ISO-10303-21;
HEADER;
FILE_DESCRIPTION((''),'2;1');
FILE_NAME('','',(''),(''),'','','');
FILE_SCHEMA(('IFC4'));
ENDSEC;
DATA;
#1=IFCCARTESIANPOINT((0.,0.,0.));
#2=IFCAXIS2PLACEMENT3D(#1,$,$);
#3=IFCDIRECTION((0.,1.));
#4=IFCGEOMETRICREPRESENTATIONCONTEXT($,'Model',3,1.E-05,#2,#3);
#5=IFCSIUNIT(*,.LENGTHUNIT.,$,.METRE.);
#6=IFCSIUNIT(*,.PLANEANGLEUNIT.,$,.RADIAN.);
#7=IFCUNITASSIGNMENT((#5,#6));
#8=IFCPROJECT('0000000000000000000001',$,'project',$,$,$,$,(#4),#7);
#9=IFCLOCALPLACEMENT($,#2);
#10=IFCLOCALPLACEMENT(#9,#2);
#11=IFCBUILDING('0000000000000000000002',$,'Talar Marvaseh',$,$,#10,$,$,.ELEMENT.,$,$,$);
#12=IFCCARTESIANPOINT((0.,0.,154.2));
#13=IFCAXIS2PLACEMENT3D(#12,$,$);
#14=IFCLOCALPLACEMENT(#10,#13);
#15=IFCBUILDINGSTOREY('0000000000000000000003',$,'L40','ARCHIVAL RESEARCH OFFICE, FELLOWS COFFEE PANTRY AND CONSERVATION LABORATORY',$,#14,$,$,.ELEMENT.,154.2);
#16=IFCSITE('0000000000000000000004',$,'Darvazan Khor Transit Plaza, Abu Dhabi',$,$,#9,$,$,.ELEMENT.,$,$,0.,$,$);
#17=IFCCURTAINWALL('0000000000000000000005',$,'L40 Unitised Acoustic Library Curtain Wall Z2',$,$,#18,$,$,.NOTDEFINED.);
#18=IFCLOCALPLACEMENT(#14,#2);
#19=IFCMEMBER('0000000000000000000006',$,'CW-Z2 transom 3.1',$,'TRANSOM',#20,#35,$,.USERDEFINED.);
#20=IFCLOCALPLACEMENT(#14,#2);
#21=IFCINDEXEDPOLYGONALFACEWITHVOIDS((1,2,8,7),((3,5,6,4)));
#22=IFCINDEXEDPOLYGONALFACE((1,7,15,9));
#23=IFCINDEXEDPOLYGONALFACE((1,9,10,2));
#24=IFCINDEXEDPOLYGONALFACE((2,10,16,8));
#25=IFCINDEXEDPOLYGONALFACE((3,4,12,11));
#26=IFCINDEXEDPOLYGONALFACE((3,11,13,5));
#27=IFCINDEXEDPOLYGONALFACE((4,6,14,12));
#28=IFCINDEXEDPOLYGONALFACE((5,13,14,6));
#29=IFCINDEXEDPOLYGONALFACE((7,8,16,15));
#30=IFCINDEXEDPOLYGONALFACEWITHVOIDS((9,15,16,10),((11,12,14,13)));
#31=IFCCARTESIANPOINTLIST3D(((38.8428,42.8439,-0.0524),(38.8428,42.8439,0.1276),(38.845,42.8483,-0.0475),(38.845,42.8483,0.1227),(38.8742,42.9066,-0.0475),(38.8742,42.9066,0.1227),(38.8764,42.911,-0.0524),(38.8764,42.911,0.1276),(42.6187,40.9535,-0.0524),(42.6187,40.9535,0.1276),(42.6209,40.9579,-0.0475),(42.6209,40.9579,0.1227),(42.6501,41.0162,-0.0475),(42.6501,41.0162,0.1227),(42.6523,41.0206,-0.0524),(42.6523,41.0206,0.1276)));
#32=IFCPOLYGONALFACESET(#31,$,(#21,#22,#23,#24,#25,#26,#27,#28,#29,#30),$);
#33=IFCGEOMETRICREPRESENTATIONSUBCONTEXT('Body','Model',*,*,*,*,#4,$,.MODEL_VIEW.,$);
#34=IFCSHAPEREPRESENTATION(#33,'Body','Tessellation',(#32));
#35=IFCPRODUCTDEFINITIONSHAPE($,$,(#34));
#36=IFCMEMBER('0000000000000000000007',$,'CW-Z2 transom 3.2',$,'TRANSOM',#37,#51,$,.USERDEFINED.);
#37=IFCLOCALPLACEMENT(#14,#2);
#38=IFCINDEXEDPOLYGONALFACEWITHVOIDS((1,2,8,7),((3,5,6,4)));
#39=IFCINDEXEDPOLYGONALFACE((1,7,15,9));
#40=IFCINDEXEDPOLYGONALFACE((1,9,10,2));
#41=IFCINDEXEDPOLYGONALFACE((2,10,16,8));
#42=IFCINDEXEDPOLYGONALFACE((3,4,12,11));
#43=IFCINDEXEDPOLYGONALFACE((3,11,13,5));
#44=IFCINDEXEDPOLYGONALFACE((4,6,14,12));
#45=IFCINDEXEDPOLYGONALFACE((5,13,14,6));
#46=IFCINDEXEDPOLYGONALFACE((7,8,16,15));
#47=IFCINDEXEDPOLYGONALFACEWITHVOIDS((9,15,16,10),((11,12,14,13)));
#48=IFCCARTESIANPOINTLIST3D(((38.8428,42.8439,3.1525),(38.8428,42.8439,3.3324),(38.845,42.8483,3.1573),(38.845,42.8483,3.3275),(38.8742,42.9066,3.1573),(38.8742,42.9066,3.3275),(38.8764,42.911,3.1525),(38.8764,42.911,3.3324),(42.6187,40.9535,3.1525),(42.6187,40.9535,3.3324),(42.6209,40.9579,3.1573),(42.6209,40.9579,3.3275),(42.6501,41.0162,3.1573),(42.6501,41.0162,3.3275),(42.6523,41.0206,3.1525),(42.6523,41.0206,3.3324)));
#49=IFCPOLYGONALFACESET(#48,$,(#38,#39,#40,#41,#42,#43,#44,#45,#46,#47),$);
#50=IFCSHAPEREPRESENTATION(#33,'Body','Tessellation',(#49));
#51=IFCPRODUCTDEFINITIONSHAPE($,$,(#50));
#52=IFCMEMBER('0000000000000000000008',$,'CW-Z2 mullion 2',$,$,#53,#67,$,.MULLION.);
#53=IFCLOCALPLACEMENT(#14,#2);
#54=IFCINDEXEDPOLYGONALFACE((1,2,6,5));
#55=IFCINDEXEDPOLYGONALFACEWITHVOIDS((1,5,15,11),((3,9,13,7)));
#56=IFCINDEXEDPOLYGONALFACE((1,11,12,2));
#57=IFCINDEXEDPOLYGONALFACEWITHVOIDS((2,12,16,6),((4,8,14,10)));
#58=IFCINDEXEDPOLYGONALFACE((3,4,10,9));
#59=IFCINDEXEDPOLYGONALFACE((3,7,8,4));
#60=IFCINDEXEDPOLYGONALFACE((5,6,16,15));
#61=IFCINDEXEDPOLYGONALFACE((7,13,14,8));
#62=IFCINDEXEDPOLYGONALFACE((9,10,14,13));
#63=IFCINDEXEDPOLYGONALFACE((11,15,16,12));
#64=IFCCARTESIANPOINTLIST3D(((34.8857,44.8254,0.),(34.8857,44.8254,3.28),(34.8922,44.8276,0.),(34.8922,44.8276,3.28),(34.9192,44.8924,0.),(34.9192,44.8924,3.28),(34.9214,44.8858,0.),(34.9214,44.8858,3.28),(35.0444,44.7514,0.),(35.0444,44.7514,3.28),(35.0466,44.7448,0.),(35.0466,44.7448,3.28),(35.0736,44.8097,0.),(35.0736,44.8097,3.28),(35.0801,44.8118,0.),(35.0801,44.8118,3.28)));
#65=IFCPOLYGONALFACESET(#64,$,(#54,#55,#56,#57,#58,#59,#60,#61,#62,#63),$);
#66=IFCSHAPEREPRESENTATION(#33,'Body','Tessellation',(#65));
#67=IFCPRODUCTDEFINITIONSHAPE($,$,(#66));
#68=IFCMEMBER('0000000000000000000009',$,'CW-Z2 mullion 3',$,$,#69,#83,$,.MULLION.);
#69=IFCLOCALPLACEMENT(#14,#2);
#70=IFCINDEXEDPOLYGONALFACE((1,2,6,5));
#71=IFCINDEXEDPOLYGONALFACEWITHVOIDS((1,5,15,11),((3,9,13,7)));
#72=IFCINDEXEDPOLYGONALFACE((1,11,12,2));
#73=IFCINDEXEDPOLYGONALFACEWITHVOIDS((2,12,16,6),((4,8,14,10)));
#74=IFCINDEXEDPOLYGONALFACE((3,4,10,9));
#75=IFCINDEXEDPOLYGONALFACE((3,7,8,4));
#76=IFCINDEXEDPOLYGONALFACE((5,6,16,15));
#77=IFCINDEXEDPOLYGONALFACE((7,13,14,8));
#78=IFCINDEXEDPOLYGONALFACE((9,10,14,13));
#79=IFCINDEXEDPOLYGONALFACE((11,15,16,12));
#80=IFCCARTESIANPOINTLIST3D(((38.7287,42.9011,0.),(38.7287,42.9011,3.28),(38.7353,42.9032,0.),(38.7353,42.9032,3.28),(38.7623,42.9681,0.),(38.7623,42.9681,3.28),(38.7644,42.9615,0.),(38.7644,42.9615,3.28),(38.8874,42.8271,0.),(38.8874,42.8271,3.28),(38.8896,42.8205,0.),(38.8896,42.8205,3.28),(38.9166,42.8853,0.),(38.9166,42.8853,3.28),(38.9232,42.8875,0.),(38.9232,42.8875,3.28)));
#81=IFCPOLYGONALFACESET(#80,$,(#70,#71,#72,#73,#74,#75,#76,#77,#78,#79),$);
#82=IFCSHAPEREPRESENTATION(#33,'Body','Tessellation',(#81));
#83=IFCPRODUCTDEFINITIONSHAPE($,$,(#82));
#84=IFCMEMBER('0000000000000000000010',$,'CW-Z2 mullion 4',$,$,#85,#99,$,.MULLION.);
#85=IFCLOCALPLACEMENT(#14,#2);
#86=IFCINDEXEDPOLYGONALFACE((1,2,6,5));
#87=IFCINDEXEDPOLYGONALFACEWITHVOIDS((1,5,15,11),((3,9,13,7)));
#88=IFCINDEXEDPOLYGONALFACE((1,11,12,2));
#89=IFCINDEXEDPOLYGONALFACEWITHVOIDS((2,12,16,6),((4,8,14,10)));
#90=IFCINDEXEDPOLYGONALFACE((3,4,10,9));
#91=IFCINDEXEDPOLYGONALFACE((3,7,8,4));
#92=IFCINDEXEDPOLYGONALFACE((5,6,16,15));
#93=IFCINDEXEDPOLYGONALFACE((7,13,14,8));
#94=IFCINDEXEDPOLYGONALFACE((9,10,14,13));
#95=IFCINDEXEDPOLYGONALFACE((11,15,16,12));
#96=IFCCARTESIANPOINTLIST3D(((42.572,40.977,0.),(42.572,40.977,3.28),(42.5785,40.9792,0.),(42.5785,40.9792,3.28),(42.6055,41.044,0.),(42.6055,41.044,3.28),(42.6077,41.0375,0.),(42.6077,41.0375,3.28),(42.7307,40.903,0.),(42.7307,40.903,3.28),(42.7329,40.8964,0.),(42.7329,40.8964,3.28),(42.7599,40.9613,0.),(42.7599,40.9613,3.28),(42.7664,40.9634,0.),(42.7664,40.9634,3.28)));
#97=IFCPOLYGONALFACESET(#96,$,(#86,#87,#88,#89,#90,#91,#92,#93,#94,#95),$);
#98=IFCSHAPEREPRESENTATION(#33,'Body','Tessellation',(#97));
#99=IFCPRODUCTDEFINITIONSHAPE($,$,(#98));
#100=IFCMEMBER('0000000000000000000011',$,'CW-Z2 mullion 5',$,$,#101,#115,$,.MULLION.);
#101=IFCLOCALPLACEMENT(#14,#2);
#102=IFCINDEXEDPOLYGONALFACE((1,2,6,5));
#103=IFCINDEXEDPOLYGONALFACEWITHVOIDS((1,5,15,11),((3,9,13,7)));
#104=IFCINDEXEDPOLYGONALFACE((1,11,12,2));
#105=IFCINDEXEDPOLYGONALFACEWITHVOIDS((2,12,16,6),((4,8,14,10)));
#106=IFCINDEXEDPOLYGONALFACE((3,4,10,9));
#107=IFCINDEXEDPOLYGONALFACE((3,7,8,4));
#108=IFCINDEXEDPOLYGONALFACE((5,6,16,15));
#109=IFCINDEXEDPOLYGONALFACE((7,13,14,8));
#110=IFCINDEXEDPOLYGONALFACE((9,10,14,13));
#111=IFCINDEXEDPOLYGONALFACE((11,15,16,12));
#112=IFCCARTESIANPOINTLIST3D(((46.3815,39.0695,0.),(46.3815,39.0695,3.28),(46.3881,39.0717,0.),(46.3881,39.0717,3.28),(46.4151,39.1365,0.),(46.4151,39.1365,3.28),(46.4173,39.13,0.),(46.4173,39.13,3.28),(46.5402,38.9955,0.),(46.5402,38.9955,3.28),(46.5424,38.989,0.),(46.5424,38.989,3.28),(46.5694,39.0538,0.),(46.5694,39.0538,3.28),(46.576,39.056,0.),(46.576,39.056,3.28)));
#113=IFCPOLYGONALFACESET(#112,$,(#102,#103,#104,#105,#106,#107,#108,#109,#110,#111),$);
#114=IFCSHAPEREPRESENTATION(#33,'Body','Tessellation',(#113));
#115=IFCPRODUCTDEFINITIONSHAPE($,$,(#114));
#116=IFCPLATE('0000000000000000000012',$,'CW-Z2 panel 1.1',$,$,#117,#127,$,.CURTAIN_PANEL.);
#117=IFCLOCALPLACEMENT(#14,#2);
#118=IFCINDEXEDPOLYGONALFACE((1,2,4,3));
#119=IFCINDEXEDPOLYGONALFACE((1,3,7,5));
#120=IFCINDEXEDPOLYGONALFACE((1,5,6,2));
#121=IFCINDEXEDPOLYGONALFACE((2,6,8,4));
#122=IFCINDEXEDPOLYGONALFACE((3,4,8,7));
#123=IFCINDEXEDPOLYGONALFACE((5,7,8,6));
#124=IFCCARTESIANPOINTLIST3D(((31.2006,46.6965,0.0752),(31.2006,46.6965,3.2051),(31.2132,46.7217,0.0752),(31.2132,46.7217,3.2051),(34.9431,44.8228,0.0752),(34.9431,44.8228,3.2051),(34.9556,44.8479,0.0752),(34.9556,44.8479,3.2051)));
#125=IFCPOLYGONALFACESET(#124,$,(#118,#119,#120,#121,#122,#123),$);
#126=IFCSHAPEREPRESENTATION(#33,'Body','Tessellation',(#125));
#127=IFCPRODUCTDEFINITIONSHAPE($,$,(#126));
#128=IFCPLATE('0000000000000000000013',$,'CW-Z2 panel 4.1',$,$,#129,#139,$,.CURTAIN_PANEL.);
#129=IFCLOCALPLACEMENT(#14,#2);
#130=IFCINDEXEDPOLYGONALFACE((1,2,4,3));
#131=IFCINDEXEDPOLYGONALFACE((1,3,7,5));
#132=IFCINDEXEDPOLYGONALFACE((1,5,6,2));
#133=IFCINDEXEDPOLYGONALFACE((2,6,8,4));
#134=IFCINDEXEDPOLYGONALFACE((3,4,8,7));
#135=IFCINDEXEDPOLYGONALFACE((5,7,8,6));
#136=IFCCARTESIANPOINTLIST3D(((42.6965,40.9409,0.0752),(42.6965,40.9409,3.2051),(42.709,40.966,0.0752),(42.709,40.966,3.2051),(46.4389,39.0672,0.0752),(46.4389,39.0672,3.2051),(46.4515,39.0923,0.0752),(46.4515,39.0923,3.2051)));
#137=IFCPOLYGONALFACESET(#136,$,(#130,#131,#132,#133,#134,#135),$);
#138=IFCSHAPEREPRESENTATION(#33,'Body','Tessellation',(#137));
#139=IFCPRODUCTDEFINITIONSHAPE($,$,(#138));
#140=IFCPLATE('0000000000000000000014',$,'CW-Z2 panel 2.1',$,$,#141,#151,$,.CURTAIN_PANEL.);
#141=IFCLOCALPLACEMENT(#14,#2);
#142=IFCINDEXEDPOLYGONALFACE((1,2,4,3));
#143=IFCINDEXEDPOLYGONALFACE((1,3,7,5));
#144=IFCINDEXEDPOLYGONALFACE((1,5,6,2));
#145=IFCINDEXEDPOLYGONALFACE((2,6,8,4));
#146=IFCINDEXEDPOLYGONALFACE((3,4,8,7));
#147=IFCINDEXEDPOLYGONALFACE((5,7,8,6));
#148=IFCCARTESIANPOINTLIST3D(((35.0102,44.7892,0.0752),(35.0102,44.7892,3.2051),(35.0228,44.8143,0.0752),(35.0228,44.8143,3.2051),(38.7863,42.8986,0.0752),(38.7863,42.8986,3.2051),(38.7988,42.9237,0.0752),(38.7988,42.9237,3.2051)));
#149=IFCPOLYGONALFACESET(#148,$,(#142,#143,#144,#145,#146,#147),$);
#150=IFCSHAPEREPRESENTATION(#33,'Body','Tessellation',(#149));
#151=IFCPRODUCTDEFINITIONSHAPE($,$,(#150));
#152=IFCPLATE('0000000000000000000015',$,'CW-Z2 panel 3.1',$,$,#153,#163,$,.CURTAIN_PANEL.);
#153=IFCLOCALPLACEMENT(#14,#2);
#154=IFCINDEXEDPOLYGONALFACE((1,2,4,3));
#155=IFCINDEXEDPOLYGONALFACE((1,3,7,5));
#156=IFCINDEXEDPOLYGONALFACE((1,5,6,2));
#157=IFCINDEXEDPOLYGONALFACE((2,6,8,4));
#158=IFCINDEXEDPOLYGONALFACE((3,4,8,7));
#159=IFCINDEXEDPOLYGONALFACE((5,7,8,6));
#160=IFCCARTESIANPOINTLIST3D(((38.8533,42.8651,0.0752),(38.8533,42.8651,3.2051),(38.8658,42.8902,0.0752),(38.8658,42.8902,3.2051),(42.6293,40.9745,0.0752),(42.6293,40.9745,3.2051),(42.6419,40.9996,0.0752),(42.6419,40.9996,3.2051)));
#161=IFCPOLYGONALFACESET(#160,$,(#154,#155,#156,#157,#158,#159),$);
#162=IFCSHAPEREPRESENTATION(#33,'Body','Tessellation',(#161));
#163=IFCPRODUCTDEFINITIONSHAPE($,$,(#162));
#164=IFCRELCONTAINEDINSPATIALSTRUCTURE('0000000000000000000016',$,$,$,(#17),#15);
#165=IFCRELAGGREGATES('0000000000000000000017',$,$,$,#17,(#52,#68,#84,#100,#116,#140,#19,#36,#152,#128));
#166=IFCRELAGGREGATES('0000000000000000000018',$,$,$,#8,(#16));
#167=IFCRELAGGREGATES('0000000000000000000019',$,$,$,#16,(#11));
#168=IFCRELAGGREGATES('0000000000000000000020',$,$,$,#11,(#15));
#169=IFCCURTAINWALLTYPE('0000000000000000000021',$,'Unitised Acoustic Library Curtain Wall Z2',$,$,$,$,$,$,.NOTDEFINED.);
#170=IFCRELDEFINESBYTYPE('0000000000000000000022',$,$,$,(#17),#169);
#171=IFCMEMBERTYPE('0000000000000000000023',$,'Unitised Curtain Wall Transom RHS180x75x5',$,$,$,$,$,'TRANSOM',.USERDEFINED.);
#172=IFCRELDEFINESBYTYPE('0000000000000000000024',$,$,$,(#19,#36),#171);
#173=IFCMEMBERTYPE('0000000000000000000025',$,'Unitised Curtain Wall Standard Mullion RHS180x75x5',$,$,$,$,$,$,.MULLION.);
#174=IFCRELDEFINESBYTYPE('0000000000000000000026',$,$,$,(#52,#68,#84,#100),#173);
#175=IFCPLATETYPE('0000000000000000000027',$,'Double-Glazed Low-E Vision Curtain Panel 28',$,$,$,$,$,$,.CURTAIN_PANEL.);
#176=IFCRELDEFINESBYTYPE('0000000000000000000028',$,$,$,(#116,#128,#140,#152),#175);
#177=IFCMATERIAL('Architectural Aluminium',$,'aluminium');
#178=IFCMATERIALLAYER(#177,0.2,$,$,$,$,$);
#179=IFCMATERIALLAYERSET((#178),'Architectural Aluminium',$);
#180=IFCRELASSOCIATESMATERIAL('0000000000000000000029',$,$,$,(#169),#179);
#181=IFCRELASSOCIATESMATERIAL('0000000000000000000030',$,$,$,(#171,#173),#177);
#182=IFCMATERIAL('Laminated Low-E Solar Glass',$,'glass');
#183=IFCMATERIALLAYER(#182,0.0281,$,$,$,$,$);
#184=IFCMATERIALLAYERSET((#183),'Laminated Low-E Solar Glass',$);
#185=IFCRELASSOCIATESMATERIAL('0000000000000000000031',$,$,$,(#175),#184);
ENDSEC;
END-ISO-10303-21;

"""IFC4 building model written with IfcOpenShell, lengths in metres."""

from ifc_helpers import new_model, si_unit, direction, frame, origin, origin_2d, place, context, subcontext, project, spatial, rectangle, hollow_rectangle, extrude, source, transform, mapped, material, layer, layer_set, material_profile, profile_set, type_object, type_shapes, element, aggregate, save


model = new_model("IFC4")

# Units and contexts
model_context = context("Model", 3, precision=1e-05, world=origin(), true_north=direction((0.0, 1.0)))
body_context = subcontext(model_context, "Body", "Model", "MODEL_VIEW")
ifc_project = project(units=[si_unit("LENGTHUNIT", "METRE"), si_unit("PLANEANGLEUNIT", "RADIAN")], contexts=[model_context])

# Site, building, storey
site_placement = place(None, origin())
site = spatial("IfcSite", under=ifc_project, at=site_placement, Name="Darvazan Khor Transit Plaza, Abu Dhabi", CompositionType="ELEMENT", RefElevation=0.0)
building_placement = place(site_placement, origin())
building = spatial("IfcBuilding", under=site, at=building_placement, Name="Talar Marvaseh", CompositionType="ELEMENT")
storey_placement = place(building_placement, frame((0.0, 0.0, 154.2)))
storey = spatial("IfcBuildingStorey", under=building, at=storey_placement, Name="L40", Description="ARCHIVAL RESEARCH OFFICE, FELLOWS COFFEE PANTRY AND CONSERVATION LABORATORY", CompositionType="ELEMENT", Elevation=154.2)

# Curtain wall, members, plates
ifc_material_1 = material(Name="Architectural Aluminium", Category="aluminium")
ifc_layer_1 = layer(ifc_material_1, 0.2)
ifc_layer_set_1 = layer_set([ifc_layer_1], Name="Architectural Aluminium")
curtain_wall_type = type_object("IfcCurtainWallType", Name="Unitised Acoustic Library Curtain Wall Z2", PredefinedType="NOTDEFINED", material=ifc_layer_set_1)
curtain_wall_placement = place(storey_placement, origin())
curtain_wall = element("IfcCurtainWall", 1, at=curtain_wall_placement, inside=storey, type_object=curtain_wall_type, Name="L40 Unitised Acoustic Library Curtain Wall Z2", PredefinedType="NOTDEFINED")
ifc_material_profile_1 = material_profile(ifc_material_1, hollow_rectangle(XDim=0.075, YDim=0.1799, WallThickness=0.0049, at=origin_2d()), Name="RHS180x75x5")
ifc_profile_set_1 = profile_set([ifc_material_profile_1], Name="Architectural Aluminium")
member_type_1 = type_object("IfcMemberType", Name="Unitised Curtain Wall Transom RHS180x75x5", ElementType="TRANSOM", PredefinedType="USERDEFINED", material=ifc_profile_set_1)
shared_shape_1 = source(origin(), body_context, "Body", "SweptSolid", [
    extrude(hollow_rectangle(XDim=0.075, YDim=0.1799, WallThickness=0.0049, at=origin_2d()), origin(), (0.0, 0.0, 1.0), 4.2227),
])
member_1_placement = place(storey_placement, frame((38.8596, 42.8774, 0.0376), z_axis=(0.894196, -0.447676, 0.0), x_axis=(0.447676, 0.894196, 0.0)))
member_1 = element("IfcMember", 2, at=member_1_placement, type_object=member_type_1, Name="CW-Z2 transom 3.1", ObjectType="TRANSOM", PredefinedType="USERDEFINED", context=body_context, shape_type="MappedRepresentation", body=[
    mapped(shared_shape_1, transform((0.0, 0.0, 0.0), x_axis=(1.0, 0.0, 0.0), y_axis=(0.0, 1.0, 0.0), z_axis=(0.0, 0.0, 1.0), scale=1.0)),
])
member_2_placement = place(storey_placement, frame((38.8596, 42.8774, 3.2424), z_axis=(0.894196, -0.447676, 0.0), x_axis=(0.447676, 0.894196, 0.0)))
member_2 = element("IfcMember", 3, at=member_2_placement, type_object=member_type_1, Name="CW-Z2 transom 3.2", ObjectType="TRANSOM", PredefinedType="USERDEFINED", context=body_context, shape_type="MappedRepresentation", body=[
    mapped(shared_shape_1, transform((0.0, 0.0, 0.0), x_axis=(1.0, 0.0, 0.0), y_axis=(0.0, 1.0, 0.0), z_axis=(0.0, 0.0, 1.0), scale=1.0)),
])
ifc_material_profile_2 = material_profile(ifc_material_1, hollow_rectangle(XDim=0.075, YDim=0.1799, WallThickness=0.0049, at=origin_2d()), Name="RHS180x75x5")
ifc_profile_set_2 = profile_set([ifc_material_profile_2], Name="Architectural Aluminium")
member_type_2 = type_object("IfcMemberType", Name="Unitised Curtain Wall Standard Mullion RHS180x75x5", PredefinedType="MULLION", material=ifc_profile_set_2)
shared_shape_2 = source(origin(), body_context, "Body", "SweptSolid", [
    extrude(hollow_rectangle(XDim=0.075, YDim=0.1799, WallThickness=0.0049, at=origin_2d()), origin(), (0.0, 0.0, 1.0), 3.28),
])
type_shapes(member_type_2, [shared_shape_2])
member_3_placement = place(storey_placement, frame((34.9829, 44.8186, 0.0), z_axis=(0.0, 0.0, 1.0), x_axis=(0.447702, 0.894183, 0.0)))
member_3 = element("IfcMember", 4, at=member_3_placement, type_object=member_type_2, Name="CW-Z2 mullion 2", PredefinedType="MULLION", context=body_context, shape_type="MappedRepresentation", body=[
    mapped(shared_shape_2, transform((0.0, 0.0, 0.0), x_axis=(1.0, 0.0, 0.0), y_axis=(0.0, 1.0, 0.0), z_axis=(0.0, 0.0, 1.0), scale=1.0)),
])
member_4_placement = place(storey_placement, frame((38.8259, 42.8943, 0.0), z_axis=(0.0, 0.0, 1.0), x_axis=(0.447702, 0.894183, 0.0)))
member_4 = element("IfcMember", 5, at=member_4_placement, type_object=member_type_2, Name="CW-Z2 mullion 3", PredefinedType="MULLION", context=body_context, shape_type="MappedRepresentation", body=[
    mapped(shared_shape_2, transform((0.0, 0.0, 0.0), x_axis=(1.0, 0.0, 0.0), y_axis=(0.0, 1.0, 0.0), z_axis=(0.0, 0.0, 1.0), scale=1.0)),
])
member_5_placement = place(storey_placement, frame((42.6692, 40.9702, 0.0), z_axis=(0.0, 0.0, 1.0), x_axis=(0.447702, 0.894183, 0.0)))
member_5 = element("IfcMember", 6, at=member_5_placement, type_object=member_type_2, Name="CW-Z2 mullion 4", PredefinedType="MULLION", context=body_context, shape_type="MappedRepresentation", body=[
    mapped(shared_shape_2, transform((0.0, 0.0, 0.0), x_axis=(1.0, 0.0, 0.0), y_axis=(0.0, 1.0, 0.0), z_axis=(0.0, 0.0, 1.0), scale=1.0)),
])
member_6_placement = place(storey_placement, frame((46.4788, 39.0627, 0.0), z_axis=(0.0, 0.0, 1.0), x_axis=(0.447702, 0.894183, 0.0)))
member_6 = element("IfcMember", 7, at=member_6_placement, type_object=member_type_2, Name="CW-Z2 mullion 5", PredefinedType="MULLION", context=body_context, shape_type="MappedRepresentation", body=[
    mapped(shared_shape_2, transform((0.0, 0.0, 0.0), x_axis=(1.0, 0.0, 0.0), y_axis=(0.0, 1.0, 0.0), z_axis=(0.0, 0.0, 1.0), scale=1.0)),
])
ifc_material_2 = material(Name="Laminated Low-E Solar Glass", Category="glass")
ifc_layer_2 = layer(ifc_material_2, 0.0281)
ifc_layer_set_2 = layer_set([ifc_layer_2], Name="Laminated Low-E Solar Glass")
plate_type = type_object("IfcPlateType", Name="Double-Glazed Low-E Vision Curtain Panel 28", PredefinedType="CURTAIN_PANEL", material=ifc_layer_set_2)
shared_shape_3 = source(origin(), body_context, "Body", "SweptSolid", [
    extrude(rectangle(XDim=4.1853, YDim=0.0281, at=origin_2d()), origin(), (0.0, 0.0, 1.0), 3.1299),
])
plate_1_placement = place(storey_placement, frame((33.0781, 45.7722, 0.0752), z_axis=(0.0, 0.0, 1.0), x_axis=(0.894183, -0.447702, 0.0)))
plate_1 = element("IfcPlate", 8, at=plate_1_placement, type_object=plate_type, Name="CW-Z2 panel 1.1", PredefinedType="CURTAIN_PANEL", context=body_context, shape_type="MappedRepresentation", body=[
    mapped(shared_shape_3, transform((0.0, 0.0, 0.0), x_axis=(1.0, 0.0, 0.0), y_axis=(0.0, 1.0, 0.0), z_axis=(0.0, 0.0, 1.0), scale=1.0)),
])
plate_2_placement = place(storey_placement, frame((44.574, 40.0166, 0.0752), z_axis=(0.0, 0.0, 1.0), x_axis=(0.894183, -0.447702, 0.0)))
plate_2 = element("IfcPlate", 9, at=plate_2_placement, type_object=plate_type, Name="CW-Z2 panel 4.1", PredefinedType="CURTAIN_PANEL", context=body_context, shape_type="MappedRepresentation", body=[
    mapped(shared_shape_3, transform((0.0, 0.0, 0.0), x_axis=(1.0, 0.0, 0.0), y_axis=(0.0, 1.0, 0.0), z_axis=(0.0, 0.0, 1.0), scale=1.0)),
])
shared_shape_4 = source(origin(), body_context, "Body", "SweptSolid", [
    extrude(rectangle(XDim=4.2229, YDim=0.0281, at=origin_2d()), origin(), (0.0, 0.0, 1.0), 3.1299),
])
type_shapes(plate_type, [shared_shape_3, shared_shape_4])
plate_3_placement = place(storey_placement, frame((36.9045, 43.8564, 0.0752), z_axis=(0.0, 0.0, 1.0), x_axis=(0.894183, -0.447702, 0.0)))
plate_3 = element("IfcPlate", 10, at=plate_3_placement, type_object=plate_type, Name="CW-Z2 panel 2.1", PredefinedType="CURTAIN_PANEL", context=body_context, shape_type="MappedRepresentation", body=[
    mapped(shared_shape_4, transform((0.0, 0.0, 0.0), x_axis=(1.0, 0.0, 0.0), y_axis=(0.0, 1.0, 0.0), z_axis=(0.0, 0.0, 1.0), scale=1.0)),
])
plate_4_placement = place(storey_placement, frame((40.7476, 41.9324, 0.0752), z_axis=(0.0, 0.0, 1.0), x_axis=(0.894183, -0.447702, 0.0)))
plate_4 = element("IfcPlate", 11, at=plate_4_placement, type_object=plate_type, Name="CW-Z2 panel 3.1", PredefinedType="CURTAIN_PANEL", context=body_context, shape_type="MappedRepresentation", body=[
    mapped(shared_shape_4, transform((0.0, 0.0, 0.0), x_axis=(1.0, 0.0, 0.0), y_axis=(0.0, 1.0, 0.0), z_axis=(0.0, 0.0, 1.0), scale=1.0)),
])
aggregate(curtain_wall, [member_3, member_4, member_5, member_6, plate_1, plate_3, member_1, member_2, plate_4, plate_2])

save(model, "model.ifc")
